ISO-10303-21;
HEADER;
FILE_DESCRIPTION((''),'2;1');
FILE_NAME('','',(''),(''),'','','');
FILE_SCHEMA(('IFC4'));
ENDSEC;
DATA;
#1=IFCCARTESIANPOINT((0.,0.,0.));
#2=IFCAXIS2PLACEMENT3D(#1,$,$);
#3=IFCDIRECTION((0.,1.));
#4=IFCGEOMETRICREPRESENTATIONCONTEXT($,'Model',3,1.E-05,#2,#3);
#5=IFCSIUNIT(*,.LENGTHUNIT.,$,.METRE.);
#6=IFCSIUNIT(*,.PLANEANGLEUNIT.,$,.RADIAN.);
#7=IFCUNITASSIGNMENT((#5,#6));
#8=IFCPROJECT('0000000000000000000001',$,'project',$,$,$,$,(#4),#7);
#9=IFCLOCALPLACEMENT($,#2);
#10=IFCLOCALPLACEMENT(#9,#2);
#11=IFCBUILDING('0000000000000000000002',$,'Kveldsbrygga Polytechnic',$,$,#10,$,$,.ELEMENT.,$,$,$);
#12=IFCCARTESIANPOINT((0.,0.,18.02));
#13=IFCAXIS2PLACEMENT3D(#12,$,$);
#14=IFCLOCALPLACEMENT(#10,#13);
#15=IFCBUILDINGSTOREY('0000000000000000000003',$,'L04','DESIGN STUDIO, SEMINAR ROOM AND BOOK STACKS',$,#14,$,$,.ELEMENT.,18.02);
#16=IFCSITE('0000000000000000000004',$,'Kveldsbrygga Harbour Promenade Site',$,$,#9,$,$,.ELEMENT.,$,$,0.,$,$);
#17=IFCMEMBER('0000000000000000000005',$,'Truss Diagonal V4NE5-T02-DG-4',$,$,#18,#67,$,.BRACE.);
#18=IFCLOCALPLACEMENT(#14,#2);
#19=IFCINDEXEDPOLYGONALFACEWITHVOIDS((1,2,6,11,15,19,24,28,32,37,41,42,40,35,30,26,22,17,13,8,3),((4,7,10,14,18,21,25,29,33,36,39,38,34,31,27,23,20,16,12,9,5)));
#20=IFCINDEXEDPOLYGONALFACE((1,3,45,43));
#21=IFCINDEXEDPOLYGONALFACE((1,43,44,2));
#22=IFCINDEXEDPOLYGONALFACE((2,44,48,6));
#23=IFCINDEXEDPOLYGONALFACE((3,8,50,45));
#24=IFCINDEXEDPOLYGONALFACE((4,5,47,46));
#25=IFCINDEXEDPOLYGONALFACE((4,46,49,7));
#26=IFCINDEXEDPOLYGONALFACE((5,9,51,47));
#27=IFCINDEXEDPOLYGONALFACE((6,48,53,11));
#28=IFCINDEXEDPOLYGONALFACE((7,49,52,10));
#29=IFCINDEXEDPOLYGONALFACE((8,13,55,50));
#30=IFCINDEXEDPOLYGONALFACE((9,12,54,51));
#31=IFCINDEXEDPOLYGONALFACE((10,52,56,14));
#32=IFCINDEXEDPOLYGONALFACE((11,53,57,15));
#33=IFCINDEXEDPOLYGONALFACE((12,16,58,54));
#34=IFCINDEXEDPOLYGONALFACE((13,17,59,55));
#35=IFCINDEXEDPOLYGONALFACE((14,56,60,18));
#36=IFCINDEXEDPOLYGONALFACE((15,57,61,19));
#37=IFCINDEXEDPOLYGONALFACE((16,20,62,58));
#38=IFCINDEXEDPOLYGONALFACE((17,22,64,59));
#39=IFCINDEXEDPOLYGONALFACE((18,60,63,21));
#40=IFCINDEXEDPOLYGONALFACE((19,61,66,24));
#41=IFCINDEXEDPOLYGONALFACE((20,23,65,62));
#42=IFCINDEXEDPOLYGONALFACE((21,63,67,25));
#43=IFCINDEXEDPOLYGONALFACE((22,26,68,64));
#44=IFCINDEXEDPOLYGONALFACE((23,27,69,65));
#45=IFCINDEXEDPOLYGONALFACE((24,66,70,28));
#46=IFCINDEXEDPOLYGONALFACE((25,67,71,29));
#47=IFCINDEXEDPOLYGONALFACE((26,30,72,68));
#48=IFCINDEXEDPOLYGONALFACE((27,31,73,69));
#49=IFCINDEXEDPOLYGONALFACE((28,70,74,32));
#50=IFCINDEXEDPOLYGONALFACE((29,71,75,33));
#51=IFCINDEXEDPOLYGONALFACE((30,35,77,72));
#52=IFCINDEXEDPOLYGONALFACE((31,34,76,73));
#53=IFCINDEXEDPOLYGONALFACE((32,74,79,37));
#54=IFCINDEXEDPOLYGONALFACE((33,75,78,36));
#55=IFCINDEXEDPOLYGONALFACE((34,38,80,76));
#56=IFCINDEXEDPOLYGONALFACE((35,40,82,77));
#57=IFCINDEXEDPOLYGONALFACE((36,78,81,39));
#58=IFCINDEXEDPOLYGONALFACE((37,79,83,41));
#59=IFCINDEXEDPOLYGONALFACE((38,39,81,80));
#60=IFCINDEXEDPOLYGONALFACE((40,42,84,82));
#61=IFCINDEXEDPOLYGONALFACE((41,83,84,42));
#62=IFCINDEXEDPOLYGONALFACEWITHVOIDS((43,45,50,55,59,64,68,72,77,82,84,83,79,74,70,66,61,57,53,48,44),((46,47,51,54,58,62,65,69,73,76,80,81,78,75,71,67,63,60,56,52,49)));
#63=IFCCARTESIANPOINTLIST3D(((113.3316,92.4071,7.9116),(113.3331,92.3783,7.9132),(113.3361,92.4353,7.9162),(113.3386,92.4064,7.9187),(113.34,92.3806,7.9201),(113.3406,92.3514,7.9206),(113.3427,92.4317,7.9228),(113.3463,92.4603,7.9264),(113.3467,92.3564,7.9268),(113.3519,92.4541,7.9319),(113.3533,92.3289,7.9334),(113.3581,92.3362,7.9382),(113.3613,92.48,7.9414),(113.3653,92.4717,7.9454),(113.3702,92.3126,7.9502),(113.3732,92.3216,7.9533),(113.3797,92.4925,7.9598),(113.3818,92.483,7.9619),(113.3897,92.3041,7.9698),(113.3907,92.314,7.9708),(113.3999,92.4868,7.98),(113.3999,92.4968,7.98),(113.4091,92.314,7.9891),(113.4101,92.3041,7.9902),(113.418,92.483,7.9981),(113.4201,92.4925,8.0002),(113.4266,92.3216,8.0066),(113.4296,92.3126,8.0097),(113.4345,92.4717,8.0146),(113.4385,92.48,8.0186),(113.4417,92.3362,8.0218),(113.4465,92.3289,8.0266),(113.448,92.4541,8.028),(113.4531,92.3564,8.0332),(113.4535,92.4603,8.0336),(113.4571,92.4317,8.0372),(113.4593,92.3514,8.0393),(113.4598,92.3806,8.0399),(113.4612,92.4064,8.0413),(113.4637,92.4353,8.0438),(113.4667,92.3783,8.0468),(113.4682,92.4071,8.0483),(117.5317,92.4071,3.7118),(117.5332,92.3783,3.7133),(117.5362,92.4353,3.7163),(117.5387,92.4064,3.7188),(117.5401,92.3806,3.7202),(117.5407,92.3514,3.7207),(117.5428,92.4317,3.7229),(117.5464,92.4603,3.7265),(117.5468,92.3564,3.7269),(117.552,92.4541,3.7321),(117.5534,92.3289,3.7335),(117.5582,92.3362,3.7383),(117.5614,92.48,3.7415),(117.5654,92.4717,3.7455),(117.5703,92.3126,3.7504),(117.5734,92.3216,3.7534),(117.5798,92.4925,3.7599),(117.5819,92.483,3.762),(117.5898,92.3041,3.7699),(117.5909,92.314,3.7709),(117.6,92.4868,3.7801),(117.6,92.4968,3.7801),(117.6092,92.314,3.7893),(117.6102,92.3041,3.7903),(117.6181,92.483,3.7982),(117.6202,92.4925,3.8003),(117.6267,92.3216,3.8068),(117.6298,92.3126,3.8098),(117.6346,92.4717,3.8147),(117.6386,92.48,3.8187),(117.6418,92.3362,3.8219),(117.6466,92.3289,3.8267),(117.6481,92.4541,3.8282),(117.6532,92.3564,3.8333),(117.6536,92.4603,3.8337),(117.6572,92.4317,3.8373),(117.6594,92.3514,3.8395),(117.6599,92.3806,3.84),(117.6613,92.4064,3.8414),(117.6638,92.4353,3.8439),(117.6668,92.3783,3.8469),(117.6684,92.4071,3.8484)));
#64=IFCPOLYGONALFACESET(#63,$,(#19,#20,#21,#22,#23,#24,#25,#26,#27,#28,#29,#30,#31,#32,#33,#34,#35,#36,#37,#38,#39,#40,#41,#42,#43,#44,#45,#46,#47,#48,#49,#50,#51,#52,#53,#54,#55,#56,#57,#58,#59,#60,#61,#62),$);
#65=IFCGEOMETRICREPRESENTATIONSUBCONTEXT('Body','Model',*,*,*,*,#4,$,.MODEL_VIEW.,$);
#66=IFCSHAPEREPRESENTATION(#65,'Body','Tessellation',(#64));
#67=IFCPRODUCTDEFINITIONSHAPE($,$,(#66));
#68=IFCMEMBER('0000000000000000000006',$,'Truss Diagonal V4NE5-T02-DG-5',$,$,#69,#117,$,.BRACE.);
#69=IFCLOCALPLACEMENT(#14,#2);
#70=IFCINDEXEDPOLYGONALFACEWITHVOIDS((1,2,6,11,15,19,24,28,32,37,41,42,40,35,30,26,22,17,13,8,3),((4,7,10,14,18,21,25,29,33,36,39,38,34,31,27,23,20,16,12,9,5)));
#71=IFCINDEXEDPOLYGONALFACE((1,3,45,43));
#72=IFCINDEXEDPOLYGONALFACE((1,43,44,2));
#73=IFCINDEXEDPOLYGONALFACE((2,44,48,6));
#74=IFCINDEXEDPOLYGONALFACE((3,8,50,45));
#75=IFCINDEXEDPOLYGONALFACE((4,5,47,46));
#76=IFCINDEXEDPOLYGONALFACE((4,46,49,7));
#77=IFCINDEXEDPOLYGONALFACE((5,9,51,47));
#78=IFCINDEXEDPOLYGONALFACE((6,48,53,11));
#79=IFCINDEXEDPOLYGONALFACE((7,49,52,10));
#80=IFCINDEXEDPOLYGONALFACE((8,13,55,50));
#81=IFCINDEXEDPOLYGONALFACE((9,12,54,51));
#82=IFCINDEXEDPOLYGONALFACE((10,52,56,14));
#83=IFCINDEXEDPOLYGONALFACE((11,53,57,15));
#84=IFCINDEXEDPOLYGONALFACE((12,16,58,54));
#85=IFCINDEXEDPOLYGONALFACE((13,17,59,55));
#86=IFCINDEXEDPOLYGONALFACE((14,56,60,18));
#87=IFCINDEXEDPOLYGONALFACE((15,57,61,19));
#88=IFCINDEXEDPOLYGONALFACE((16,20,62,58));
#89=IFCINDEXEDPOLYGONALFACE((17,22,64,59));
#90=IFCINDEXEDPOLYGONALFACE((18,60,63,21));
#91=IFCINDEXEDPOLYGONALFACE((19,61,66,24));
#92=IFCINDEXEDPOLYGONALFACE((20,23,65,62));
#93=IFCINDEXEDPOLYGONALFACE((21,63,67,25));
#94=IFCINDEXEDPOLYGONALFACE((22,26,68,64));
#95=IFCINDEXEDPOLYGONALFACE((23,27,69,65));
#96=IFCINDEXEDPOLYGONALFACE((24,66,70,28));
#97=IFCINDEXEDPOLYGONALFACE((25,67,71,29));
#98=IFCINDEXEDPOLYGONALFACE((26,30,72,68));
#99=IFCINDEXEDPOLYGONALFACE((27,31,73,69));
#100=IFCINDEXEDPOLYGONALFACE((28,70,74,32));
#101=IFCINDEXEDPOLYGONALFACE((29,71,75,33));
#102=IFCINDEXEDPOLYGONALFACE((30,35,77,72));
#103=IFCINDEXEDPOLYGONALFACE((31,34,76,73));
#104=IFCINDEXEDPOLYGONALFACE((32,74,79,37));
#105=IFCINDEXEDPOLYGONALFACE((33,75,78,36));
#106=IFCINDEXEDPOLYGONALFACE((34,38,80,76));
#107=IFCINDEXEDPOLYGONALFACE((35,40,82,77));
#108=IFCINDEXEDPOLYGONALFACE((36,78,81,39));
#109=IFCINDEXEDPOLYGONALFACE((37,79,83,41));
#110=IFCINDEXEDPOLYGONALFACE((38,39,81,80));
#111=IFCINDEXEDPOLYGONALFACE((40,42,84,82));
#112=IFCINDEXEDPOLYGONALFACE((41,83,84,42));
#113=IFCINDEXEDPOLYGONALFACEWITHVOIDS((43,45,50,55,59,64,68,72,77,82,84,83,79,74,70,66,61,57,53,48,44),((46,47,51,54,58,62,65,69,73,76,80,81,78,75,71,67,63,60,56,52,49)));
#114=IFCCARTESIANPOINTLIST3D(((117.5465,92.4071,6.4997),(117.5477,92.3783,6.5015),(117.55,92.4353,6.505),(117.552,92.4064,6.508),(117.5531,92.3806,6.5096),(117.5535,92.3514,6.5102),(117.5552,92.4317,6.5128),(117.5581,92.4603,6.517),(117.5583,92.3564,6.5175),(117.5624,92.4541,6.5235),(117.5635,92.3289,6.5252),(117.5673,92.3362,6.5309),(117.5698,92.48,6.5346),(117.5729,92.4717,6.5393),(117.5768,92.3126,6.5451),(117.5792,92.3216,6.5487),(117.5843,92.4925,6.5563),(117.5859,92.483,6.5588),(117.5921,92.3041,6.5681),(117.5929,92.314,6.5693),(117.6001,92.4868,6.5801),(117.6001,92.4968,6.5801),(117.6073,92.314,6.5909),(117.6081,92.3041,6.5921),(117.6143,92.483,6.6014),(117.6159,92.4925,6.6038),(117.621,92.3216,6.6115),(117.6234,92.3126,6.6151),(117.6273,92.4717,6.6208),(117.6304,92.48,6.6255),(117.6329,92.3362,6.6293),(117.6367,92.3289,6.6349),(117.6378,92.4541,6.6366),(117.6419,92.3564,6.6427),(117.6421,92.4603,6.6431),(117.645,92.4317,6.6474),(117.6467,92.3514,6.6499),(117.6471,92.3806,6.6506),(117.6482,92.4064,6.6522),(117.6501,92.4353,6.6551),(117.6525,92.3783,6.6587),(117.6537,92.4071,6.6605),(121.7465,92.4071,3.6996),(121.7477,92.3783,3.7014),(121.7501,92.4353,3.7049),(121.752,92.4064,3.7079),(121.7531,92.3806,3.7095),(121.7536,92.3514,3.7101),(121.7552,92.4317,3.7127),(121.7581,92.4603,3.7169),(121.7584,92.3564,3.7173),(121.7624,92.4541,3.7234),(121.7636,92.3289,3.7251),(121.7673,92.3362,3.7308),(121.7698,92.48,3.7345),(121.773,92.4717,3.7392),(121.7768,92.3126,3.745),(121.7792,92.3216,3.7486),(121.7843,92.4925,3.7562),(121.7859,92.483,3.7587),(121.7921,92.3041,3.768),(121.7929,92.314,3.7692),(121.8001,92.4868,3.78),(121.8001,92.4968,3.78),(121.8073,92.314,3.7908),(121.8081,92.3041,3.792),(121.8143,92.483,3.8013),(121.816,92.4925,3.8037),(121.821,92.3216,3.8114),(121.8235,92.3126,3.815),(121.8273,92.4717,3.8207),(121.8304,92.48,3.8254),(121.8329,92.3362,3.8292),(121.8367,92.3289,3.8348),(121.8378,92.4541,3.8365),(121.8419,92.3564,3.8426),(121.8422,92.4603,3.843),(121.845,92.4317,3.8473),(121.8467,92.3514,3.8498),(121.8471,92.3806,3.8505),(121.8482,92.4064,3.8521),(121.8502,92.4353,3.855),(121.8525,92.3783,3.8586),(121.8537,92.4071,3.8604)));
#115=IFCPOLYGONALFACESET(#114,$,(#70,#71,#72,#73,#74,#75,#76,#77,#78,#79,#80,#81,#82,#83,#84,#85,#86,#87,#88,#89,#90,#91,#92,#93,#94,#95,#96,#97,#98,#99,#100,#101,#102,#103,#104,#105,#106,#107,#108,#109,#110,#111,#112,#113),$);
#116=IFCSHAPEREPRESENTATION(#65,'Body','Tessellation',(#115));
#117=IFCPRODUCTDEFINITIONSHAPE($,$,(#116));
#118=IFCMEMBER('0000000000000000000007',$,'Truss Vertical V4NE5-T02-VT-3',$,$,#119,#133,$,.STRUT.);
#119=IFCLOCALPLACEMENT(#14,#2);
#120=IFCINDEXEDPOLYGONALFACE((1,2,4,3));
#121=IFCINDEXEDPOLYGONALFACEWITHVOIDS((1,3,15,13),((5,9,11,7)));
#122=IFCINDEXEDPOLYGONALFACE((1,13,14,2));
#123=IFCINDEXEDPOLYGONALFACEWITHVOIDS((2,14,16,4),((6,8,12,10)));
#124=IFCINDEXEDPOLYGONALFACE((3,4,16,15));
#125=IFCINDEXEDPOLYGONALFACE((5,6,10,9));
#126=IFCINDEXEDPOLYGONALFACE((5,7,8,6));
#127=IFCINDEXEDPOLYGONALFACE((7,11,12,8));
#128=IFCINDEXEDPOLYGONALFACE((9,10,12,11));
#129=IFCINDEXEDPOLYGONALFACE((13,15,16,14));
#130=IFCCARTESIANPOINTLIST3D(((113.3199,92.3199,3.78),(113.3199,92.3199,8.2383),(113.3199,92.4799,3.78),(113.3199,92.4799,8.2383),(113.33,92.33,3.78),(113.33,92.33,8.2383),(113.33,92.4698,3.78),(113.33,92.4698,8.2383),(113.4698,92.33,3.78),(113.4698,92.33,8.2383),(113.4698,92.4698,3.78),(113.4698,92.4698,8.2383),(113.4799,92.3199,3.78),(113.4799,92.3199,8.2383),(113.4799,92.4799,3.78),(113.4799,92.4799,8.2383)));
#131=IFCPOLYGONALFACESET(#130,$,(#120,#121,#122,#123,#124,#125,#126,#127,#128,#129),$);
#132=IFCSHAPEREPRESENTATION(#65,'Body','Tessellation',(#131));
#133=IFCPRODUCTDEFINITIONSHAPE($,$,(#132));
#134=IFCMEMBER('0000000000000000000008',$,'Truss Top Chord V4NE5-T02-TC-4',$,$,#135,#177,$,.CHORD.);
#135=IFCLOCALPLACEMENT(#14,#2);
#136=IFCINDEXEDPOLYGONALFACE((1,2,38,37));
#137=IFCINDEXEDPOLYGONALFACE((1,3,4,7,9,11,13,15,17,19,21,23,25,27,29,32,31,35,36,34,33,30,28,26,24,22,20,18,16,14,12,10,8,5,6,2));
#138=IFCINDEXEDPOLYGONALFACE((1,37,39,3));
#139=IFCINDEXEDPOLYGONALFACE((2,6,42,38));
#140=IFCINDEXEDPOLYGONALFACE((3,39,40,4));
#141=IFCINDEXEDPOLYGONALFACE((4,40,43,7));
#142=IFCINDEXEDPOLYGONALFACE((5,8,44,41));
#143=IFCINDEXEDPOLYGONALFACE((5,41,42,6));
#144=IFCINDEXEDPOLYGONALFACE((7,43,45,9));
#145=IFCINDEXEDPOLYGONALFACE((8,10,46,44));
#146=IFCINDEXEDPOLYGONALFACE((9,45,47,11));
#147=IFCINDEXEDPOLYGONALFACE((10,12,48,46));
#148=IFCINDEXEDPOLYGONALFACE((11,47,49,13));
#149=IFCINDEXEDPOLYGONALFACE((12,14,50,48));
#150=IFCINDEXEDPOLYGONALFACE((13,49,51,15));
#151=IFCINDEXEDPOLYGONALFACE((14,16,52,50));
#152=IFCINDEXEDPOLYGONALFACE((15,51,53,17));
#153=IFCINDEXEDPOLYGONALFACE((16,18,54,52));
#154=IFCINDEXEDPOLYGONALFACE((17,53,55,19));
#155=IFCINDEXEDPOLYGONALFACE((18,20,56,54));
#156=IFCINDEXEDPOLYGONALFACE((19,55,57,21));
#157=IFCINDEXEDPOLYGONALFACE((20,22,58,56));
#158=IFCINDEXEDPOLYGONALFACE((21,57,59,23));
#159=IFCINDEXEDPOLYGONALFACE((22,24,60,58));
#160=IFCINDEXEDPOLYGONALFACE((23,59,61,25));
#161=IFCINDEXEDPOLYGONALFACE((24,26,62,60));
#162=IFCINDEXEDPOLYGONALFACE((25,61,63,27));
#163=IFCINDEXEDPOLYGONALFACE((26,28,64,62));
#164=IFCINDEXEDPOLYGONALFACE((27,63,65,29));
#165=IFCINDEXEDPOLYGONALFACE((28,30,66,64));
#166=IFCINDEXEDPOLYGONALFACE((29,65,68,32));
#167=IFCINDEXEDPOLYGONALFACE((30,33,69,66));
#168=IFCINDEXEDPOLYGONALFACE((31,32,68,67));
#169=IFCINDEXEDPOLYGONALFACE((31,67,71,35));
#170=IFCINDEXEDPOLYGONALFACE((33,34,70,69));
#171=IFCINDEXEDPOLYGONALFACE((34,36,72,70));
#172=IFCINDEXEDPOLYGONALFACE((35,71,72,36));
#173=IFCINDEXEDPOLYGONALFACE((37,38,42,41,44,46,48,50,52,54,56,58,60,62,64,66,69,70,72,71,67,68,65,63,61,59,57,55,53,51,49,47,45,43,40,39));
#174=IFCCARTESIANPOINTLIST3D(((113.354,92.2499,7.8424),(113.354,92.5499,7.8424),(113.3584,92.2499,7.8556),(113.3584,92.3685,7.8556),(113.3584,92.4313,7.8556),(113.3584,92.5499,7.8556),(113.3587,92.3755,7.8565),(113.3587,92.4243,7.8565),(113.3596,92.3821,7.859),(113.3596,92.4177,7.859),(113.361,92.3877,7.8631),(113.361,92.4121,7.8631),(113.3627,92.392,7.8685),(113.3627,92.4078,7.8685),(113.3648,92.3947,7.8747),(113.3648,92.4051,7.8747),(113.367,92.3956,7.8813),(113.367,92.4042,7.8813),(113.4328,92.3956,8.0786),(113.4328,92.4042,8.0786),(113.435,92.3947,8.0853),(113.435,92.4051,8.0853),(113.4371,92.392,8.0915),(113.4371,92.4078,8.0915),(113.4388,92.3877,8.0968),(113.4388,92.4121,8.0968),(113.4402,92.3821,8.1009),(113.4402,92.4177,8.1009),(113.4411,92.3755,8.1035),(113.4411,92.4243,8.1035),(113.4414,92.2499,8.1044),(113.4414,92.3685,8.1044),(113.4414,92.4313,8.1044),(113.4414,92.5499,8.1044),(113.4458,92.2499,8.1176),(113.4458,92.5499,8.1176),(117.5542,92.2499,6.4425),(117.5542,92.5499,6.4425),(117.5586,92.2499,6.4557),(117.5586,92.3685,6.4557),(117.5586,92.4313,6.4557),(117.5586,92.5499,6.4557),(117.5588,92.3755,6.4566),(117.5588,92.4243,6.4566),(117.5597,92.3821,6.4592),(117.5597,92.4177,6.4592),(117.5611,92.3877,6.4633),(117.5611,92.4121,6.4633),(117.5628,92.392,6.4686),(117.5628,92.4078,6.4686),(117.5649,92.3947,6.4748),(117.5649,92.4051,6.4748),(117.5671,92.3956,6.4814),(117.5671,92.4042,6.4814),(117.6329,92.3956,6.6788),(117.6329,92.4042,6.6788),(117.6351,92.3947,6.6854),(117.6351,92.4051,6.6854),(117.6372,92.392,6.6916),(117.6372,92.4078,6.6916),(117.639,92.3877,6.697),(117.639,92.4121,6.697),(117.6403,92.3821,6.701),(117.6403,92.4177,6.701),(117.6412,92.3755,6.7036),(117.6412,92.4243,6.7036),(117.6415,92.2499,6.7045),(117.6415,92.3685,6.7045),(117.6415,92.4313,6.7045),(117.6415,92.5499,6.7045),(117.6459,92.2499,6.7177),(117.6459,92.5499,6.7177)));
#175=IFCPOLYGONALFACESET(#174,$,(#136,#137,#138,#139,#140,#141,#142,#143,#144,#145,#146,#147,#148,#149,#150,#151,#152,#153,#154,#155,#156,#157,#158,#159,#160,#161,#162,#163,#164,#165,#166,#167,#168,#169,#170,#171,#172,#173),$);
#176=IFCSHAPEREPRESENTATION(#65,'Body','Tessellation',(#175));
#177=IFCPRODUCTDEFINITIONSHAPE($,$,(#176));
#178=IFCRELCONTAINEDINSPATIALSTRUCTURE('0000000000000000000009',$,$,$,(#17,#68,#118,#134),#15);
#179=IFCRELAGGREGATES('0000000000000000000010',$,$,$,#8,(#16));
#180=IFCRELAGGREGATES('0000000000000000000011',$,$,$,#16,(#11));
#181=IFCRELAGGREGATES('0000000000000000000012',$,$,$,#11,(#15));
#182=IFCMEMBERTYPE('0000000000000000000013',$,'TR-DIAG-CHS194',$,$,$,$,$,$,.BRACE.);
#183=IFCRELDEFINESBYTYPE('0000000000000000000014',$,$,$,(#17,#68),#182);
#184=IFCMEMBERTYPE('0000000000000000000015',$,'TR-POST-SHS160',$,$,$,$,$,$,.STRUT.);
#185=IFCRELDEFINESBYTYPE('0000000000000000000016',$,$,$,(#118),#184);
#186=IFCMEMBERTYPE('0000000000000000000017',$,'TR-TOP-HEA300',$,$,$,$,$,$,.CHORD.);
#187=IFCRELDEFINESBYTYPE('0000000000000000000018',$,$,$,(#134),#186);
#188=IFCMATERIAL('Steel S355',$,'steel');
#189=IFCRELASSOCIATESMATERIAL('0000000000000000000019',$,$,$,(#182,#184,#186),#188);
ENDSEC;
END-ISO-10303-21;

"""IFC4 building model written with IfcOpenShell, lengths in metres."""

from ifc_helpers import new_model, si_unit, direction, frame, origin, origin_2d, place, context, subcontext, project, spatial, hollow_rectangle, hollow_circle, i_section, extrude, material, material_profile, profile_set, type_object, element, save


model = new_model("IFC4")

# Units and contexts
model_context = context("Model", 3, precision=1e-05, world=origin(), true_north=direction((0.0, 1.0)))
body_context = subcontext(model_context, "Body", "Model", "MODEL_VIEW")
ifc_project = project(units=[si_unit("LENGTHUNIT", "METRE"), si_unit("PLANEANGLEUNIT", "RADIAN")], contexts=[model_context])

# Site, building, storey
site_placement = place(None, origin())
site = spatial("IfcSite", under=ifc_project, at=site_placement, Name="Kveldsbrygga Harbour Promenade Site", CompositionType="ELEMENT", RefElevation=0.0)
building_placement = place(site_placement, origin())
building = spatial("IfcBuilding", under=site, at=building_placement, Name="Kveldsbrygga Polytechnic", CompositionType="ELEMENT")
storey_placement = place(building_placement, frame((0.0, 0.0, 18.02)))
storey = spatial("IfcBuildingStorey", under=building, at=storey_placement, Name="L04", Description="DESIGN STUDIO, SEMINAR ROOM AND BOOK STACKS", CompositionType="ELEMENT", Elevation=18.02)

# Members
ifc_material_1 = material(Name="Steel S355", Category="steel")
ifc_material_profile_1 = material_profile(ifc_material_1, hollow_circle(Radius=0.0969, WallThickness=0.01, at=origin_2d()), Name="CHS 193.7x10.0")
ifc_profile_set_1 = profile_set([ifc_material_profile_1], Name="Steel S355")
member_type_1 = type_object("IfcMemberType", Name="TR-DIAG-CHS194", PredefinedType="BRACE", material=ifc_profile_set_1)
member_1_placement = place(storey_placement, frame((113.3999, 92.3999, 7.98), z_axis=(0.707127, 0.0, -0.707086), x_axis=(0.0, 1.0, 0.0)))
element("IfcMember", 1, at=member_1_placement, inside=storey, type_object=member_type_1, Name="Truss Diagonal V4NE5-T02-DG-4", PredefinedType="BRACE", context=body_context, shape_type="SweptSolid", body=[
    extrude(hollow_circle(Radius=0.0969, WallThickness=0.01, at=origin_2d()), origin(), (0.0, 0.0, 1.0), 5.9397),
])
member_2_placement = place(storey_placement, frame((117.6001, 92.3999, 6.5801), z_axis=(0.832043, 0.0, -0.554711), x_axis=(0.0, 1.0, 0.0)))
element("IfcMember", 2, at=member_2_placement, inside=storey, type_object=member_type_1, Name="Truss Diagonal V4NE5-T02-DG-5", PredefinedType="BRACE", context=body_context, shape_type="SweptSolid", body=[
    extrude(hollow_circle(Radius=0.0969, WallThickness=0.01, at=origin_2d()), origin(), (0.0, 0.0, 1.0), 5.0479),
])
ifc_material_profile_2 = material_profile(ifc_material_1, hollow_rectangle(XDim=0.1599, YDim=0.1599, WallThickness=0.01, at=origin_2d()), Name="SHS 160x160x10.0")
ifc_profile_set_2 = profile_set([ifc_material_profile_2], Name="Steel S355")
member_type_2 = type_object("IfcMemberType", Name="TR-POST-SHS160", PredefinedType="STRUT", material=ifc_profile_set_2)
member_3_placement = place(storey_placement, frame((113.3999, 92.3999, 3.78), z_axis=(0.0, 0.0, 1.0), x_axis=(1.0, 0.0, 0.0)))
element("IfcMember", 3, at=member_3_placement, inside=storey, type_object=member_type_2, Name="Truss Vertical V4NE5-T02-VT-3", PredefinedType="STRUT", context=body_context, shape_type="SweptSolid", body=[
    extrude(hollow_rectangle(XDim=0.1599, YDim=0.1599, WallThickness=0.01, at=origin_2d()), origin(), (0.0, 0.0, 1.0), 4.4583),
])
ifc_material_profile_3 = material_profile(ifc_material_1, i_section(OverallWidth=0.3, OverallDepth=0.29, WebThickness=0.0085, FlangeThickness=0.0139, FilletRadius=0.0271, at=origin_2d()), Name="HEA 300")
ifc_profile_set_3 = profile_set([ifc_material_profile_3], Name="Steel S355")
member_type_3 = type_object("IfcMemberType", Name="TR-TOP-HEA300", PredefinedType="CHORD", material=ifc_profile_set_3)
for number, where, z_axis, x_axis, name in (
    (4, (113.3999, 92.3999, 7.98), (0.948694, 0.0, -0.316195), (0.0, 1.0, 0.0), "Truss Top Chord V4NE5-T02-TC-4"),
):
    element("IfcMember", number, at=place(storey_placement, frame(where, z_axis=z_axis, x_axis=x_axis)), inside=storey, type_object=member_type_3, Name=name, PredefinedType="CHORD", context=body_context, shape_type="SweptSolid", body=[
        extrude(i_section(OverallWidth=0.3, OverallDepth=0.29, WebThickness=0.0085, FlangeThickness=0.0139, FilletRadius=0.0271, at=origin_2d()), origin(), (0.0, 0.0, 1.0), 4.4272),
    ])

save(model, "model.ifc")
